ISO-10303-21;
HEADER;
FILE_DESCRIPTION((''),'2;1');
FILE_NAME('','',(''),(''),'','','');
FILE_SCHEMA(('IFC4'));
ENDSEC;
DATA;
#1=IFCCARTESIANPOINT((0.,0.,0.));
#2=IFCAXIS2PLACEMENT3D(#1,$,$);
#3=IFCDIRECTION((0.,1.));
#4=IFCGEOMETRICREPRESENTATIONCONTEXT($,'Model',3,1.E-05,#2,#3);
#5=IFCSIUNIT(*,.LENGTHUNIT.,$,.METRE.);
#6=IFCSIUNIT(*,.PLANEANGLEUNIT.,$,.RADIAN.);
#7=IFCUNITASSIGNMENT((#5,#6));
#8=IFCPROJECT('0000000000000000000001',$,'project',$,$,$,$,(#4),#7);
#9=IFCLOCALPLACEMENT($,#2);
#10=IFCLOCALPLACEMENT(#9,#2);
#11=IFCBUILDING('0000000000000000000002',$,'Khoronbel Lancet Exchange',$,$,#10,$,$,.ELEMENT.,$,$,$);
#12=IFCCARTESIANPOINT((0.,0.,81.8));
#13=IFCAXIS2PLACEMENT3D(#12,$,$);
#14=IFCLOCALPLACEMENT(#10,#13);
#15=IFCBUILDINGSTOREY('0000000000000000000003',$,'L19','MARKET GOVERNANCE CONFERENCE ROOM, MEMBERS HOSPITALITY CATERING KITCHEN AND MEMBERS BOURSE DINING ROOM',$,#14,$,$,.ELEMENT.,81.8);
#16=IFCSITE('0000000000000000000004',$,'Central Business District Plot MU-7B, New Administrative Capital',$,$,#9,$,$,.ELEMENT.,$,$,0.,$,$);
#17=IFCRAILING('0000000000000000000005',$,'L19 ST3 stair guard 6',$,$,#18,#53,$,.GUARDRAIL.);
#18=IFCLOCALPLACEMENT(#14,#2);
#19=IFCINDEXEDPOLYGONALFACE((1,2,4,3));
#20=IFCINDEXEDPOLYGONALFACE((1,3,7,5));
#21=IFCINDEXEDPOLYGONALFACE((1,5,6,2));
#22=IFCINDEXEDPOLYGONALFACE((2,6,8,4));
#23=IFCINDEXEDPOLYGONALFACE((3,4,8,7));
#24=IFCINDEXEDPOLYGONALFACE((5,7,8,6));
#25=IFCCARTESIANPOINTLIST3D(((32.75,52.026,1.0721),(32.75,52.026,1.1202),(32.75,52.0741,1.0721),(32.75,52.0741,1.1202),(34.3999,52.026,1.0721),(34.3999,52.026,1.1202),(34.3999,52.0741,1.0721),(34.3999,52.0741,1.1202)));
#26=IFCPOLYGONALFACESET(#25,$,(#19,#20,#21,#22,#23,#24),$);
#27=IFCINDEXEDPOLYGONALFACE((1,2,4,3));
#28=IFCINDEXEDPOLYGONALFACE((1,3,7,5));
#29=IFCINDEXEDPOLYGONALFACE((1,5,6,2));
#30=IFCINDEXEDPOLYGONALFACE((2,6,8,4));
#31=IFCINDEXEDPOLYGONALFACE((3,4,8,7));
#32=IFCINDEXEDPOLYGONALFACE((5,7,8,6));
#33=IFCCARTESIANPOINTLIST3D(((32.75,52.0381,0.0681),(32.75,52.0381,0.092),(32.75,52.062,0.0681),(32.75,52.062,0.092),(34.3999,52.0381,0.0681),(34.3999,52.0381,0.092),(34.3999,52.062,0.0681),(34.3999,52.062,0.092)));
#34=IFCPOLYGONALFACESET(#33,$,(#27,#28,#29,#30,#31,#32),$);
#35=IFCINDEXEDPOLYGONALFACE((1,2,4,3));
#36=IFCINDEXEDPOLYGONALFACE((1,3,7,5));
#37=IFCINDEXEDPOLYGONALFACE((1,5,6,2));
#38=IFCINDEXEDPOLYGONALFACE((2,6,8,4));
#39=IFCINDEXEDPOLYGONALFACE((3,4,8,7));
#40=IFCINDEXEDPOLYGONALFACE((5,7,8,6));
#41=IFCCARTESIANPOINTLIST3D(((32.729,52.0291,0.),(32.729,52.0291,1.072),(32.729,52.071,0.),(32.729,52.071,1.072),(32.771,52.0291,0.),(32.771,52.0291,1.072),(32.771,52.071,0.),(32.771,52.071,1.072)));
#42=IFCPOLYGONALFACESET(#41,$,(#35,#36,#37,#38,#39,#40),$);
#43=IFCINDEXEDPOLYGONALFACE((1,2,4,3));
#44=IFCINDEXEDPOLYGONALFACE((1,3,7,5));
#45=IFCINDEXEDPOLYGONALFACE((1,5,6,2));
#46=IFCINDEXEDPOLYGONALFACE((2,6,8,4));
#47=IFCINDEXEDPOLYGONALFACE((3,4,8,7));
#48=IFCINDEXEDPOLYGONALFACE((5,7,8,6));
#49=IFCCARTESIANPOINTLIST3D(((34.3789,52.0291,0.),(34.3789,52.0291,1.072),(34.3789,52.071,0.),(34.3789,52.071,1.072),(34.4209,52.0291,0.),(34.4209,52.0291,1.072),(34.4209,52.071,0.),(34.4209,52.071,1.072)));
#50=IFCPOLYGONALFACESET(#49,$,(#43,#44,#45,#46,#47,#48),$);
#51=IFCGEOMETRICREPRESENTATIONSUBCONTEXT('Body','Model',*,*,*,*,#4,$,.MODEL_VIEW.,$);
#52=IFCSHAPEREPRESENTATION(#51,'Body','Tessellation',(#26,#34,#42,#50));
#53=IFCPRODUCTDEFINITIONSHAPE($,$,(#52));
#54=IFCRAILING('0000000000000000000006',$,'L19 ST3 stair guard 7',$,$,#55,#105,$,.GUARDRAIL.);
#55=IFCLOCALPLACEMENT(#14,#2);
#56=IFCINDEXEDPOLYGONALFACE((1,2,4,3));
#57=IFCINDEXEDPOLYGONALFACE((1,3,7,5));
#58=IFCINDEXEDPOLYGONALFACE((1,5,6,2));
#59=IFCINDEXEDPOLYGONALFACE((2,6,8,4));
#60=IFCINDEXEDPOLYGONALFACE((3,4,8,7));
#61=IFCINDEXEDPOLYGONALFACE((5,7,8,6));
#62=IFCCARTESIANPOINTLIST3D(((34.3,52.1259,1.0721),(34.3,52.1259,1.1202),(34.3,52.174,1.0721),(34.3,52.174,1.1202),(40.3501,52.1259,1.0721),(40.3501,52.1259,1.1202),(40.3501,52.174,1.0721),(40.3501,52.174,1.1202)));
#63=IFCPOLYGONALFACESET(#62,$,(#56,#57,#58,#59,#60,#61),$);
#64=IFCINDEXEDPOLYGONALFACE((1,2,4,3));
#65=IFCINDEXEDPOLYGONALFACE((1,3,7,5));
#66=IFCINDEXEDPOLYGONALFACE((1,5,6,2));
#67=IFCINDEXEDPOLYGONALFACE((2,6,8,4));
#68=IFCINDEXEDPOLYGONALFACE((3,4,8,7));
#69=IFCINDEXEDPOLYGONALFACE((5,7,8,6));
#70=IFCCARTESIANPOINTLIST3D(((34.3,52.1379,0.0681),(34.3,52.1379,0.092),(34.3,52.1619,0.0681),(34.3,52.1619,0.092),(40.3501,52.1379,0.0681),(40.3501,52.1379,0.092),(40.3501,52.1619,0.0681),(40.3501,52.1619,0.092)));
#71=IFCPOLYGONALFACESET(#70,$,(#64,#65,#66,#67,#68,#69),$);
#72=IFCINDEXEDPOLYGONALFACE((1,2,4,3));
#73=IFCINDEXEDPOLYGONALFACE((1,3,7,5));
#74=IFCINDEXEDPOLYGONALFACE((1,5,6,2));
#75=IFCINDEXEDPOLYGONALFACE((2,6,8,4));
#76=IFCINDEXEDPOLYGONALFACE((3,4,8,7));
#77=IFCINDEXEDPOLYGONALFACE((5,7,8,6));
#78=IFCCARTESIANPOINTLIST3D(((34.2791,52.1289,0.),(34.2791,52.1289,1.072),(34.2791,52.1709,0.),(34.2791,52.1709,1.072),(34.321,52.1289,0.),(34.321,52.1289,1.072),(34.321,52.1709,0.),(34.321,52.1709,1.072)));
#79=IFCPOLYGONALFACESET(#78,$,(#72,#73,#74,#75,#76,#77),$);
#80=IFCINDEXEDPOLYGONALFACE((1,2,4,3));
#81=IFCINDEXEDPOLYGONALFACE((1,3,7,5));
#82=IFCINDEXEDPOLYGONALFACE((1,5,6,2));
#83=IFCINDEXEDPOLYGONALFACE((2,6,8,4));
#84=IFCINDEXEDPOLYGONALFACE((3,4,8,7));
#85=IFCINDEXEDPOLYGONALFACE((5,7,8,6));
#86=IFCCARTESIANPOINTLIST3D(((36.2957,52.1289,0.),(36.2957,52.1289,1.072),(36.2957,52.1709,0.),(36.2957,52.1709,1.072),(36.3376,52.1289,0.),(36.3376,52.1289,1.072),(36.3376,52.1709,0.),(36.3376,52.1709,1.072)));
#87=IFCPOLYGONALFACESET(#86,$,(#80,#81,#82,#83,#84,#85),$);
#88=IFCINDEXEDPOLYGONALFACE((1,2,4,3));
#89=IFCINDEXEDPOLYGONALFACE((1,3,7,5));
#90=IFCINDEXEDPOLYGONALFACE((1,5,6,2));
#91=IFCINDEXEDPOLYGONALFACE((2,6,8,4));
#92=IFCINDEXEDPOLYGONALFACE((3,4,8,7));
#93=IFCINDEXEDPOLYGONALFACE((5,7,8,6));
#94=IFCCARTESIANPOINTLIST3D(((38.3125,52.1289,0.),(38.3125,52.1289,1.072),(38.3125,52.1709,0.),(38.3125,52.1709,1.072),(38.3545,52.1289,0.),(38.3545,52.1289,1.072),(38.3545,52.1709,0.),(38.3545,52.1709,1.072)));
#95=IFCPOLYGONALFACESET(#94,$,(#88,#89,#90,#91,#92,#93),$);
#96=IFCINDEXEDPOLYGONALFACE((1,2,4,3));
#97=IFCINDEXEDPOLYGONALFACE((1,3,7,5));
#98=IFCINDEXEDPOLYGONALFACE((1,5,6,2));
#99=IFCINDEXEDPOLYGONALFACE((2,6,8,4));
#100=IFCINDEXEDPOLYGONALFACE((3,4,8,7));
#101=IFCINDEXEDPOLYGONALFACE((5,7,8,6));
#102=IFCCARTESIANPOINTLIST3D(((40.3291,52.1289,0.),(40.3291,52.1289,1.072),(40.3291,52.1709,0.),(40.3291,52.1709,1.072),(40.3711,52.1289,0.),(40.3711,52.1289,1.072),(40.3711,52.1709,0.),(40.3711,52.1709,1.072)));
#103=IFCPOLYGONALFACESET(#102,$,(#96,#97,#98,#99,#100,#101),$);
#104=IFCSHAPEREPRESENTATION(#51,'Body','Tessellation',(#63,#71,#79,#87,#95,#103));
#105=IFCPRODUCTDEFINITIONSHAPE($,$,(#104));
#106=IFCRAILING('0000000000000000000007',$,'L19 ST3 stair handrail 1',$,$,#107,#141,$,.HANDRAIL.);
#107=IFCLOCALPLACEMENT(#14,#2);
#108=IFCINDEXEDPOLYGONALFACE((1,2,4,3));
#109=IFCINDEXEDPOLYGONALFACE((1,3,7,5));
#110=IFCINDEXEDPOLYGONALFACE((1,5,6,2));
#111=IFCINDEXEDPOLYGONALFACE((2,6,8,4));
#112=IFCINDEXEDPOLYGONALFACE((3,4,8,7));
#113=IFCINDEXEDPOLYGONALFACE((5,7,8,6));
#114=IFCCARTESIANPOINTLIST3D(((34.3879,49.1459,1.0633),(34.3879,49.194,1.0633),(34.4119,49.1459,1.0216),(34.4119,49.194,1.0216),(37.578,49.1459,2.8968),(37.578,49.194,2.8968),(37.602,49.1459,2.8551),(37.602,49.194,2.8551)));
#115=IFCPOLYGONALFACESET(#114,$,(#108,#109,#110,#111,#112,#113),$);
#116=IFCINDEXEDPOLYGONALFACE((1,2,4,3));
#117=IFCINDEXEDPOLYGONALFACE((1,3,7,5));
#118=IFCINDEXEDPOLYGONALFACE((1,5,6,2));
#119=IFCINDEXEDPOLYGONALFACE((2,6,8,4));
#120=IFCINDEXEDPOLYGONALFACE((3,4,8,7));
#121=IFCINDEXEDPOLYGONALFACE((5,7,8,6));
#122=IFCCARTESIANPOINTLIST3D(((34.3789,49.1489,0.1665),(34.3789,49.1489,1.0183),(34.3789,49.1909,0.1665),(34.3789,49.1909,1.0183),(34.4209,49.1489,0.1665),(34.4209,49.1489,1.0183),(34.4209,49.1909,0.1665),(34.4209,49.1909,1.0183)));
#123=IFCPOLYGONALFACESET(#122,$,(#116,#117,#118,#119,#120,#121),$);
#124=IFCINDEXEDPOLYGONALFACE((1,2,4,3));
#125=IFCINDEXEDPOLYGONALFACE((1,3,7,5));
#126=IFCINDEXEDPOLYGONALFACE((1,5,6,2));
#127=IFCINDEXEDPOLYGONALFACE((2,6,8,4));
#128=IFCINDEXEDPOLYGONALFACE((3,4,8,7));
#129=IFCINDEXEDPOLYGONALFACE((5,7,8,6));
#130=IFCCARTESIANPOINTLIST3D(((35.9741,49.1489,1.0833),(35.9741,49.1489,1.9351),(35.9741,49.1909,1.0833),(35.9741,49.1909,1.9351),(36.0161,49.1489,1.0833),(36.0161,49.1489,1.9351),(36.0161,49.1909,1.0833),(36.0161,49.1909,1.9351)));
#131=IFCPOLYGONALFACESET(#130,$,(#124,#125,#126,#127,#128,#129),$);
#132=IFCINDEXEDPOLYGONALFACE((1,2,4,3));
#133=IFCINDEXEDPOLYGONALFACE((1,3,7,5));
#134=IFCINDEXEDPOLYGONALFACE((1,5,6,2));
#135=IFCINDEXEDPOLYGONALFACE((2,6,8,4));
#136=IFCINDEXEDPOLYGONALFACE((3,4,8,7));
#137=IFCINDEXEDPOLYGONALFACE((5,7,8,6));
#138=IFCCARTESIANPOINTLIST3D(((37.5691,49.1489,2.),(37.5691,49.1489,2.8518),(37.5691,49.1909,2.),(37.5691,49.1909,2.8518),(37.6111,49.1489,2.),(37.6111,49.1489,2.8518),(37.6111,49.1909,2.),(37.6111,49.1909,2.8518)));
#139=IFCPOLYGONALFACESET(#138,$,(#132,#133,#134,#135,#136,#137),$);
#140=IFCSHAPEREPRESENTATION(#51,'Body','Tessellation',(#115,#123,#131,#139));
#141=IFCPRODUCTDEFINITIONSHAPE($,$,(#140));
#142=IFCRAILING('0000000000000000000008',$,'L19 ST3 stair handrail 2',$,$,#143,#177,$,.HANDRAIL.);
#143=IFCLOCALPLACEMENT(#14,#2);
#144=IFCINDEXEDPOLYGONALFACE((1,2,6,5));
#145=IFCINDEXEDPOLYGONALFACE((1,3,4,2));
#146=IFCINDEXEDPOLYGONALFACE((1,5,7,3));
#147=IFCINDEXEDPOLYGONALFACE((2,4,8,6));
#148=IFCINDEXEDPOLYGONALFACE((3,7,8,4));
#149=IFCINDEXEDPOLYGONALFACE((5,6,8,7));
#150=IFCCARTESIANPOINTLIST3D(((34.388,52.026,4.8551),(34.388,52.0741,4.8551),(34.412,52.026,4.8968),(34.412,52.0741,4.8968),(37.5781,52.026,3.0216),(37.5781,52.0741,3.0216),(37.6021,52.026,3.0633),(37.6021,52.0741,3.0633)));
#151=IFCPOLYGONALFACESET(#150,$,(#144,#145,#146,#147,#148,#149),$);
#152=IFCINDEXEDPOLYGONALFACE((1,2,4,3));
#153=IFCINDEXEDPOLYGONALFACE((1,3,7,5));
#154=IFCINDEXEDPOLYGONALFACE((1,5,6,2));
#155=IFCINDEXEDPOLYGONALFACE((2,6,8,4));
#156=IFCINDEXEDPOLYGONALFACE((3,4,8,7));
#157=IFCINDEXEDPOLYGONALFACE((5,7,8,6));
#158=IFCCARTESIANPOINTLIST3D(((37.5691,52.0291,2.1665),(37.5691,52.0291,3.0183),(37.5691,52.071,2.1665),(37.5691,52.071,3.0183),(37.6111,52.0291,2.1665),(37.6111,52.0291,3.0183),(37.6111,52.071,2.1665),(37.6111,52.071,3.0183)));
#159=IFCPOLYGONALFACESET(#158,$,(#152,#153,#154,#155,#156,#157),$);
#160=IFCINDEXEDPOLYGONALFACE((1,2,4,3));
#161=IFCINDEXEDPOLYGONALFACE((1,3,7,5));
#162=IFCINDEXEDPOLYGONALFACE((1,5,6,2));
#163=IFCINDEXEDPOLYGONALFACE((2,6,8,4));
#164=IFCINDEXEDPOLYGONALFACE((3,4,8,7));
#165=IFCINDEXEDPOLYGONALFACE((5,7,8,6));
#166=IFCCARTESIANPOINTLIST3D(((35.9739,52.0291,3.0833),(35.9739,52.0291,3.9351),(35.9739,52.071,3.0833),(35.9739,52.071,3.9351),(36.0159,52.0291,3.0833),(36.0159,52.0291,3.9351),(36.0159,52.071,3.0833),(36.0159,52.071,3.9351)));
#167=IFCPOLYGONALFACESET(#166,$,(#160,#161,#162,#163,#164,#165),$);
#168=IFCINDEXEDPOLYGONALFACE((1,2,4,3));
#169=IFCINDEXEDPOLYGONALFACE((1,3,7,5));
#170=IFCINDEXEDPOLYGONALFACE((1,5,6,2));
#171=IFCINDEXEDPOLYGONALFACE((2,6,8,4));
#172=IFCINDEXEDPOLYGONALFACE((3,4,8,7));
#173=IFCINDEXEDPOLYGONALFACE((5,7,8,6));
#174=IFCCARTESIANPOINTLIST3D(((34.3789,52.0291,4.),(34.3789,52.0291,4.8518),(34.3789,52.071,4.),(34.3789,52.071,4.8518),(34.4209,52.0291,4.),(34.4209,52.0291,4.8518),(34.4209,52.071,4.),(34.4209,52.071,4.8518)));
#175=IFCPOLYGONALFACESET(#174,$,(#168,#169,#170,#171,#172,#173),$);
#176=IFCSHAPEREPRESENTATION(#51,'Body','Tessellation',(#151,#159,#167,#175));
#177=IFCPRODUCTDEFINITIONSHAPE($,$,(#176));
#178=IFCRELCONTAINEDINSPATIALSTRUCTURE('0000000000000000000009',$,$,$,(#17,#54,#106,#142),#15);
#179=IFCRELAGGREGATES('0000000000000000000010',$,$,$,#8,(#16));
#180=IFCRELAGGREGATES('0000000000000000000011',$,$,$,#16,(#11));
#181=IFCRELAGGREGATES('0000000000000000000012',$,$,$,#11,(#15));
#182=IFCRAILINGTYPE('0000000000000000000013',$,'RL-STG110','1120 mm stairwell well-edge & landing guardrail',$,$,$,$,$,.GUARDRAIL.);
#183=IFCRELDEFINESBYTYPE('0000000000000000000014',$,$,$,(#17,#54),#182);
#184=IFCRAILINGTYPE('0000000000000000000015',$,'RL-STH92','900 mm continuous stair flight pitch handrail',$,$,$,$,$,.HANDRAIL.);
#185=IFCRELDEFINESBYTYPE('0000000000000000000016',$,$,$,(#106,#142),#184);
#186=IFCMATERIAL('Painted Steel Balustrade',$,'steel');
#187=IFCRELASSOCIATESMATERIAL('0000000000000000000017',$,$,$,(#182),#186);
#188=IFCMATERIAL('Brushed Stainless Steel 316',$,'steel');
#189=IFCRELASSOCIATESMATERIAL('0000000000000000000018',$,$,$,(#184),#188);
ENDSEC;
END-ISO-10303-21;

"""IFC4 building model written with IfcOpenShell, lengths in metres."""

from ifc_helpers import new_model, si_unit, direction, frame, origin, origin_2d, place, context, subcontext, project, spatial, rectangle, extrude, material, type_object, element, save


model = new_model("IFC4")

# Units and contexts
model_context = context("Model", 3, precision=1e-05, world=origin(), true_north=direction((0.0, 1.0)))
body_context = subcontext(model_context, "Body", "Model", "MODEL_VIEW")
ifc_project = project(units=[si_unit("LENGTHUNIT", "METRE"), si_unit("PLANEANGLEUNIT", "RADIAN")], contexts=[model_context])

# Site, building, storey
site_placement = place(None, origin())
site = spatial("IfcSite", under=ifc_project, at=site_placement, Name="Central Business District Plot MU-7B, New Administrative Capital", CompositionType="ELEMENT", RefElevation=0.0)
building_placement = place(site_placement, origin())
building = spatial("IfcBuilding", under=site, at=building_placement, Name="Khoronbel Lancet Exchange", CompositionType="ELEMENT")
storey_placement = place(building_placement, frame((0.0, 0.0, 81.8)))
storey = spatial("IfcBuildingStorey", under=building, at=storey_placement, Name="L19", Description="MARKET GOVERNANCE CONFERENCE ROOM, MEMBERS HOSPITALITY CATERING KITCHEN AND MEMBERS BOURSE DINING ROOM", CompositionType="ELEMENT", Elevation=81.8)

# Railings
ifc_material_1 = material(Name="Painted Steel Balustrade", Category="steel")
railing_type_1 = type_object("IfcRailingType", Name="RL-STG110", Description="1120 mm stairwell well-edge & landing guardrail", PredefinedType="GUARDRAIL", material=ifc_material_1)
railing_1_placement = place(storey_placement, frame((32.75, 52.05, 0.0)))
element("IfcRailing", 1, at=railing_1_placement, inside=storey, type_object=railing_type_1, Name="L19 ST3 stair guard 6", PredefinedType="GUARDRAIL", context=body_context, shape_type="SweptSolid", body=[
    extrude(rectangle(XDim=0.0481, YDim=0.0481, at=origin_2d()), frame((0.0, 0.0, 1.0962), z_axis=(1.0, 0.0, 0.0), x_axis=(0.0, 1.0, 0.0)), (0.0, 0.0, 1.0), 1.6499),
    extrude(rectangle(XDim=0.0239, YDim=0.0239, at=origin_2d()), frame((0.0, 0.0, 0.0801), z_axis=(1.0, 0.0, 0.0), x_axis=(0.0, 1.0, 0.0)), (0.0, 0.0, 1.0), 1.6499),
    extrude(rectangle(XDim=0.042, YDim=0.042, at=origin_2d()), origin(), (0.0, 0.0, 1.0), 1.072),
    extrude(rectangle(XDim=0.042, YDim=0.042, at=origin_2d()), frame((1.6499, 0.0, 0.0)), (0.0, 0.0, 1.0), 1.072),
])
railing_2_placement = place(storey_placement, frame((34.3, 52.1499, 0.0)))
element("IfcRailing", 2, at=railing_2_placement, inside=storey, type_object=railing_type_1, Name="L19 ST3 stair guard 7", PredefinedType="GUARDRAIL", context=body_context, shape_type="SweptSolid", body=[
    extrude(rectangle(XDim=0.0481, YDim=0.0481, at=origin_2d()), frame((0.0, 0.0, 1.0962), z_axis=(1.0, 0.0, 0.0), x_axis=(0.0, 1.0, 0.0)), (0.0, 0.0, 1.0), 6.05),
    extrude(rectangle(XDim=0.0239, YDim=0.0239, at=origin_2d()), frame((0.0, 0.0, 0.0801), z_axis=(1.0, 0.0, 0.0), x_axis=(0.0, 1.0, 0.0)), (0.0, 0.0, 1.0), 6.05),
    extrude(rectangle(XDim=0.042, YDim=0.042, at=origin_2d()), origin(), (0.0, 0.0, 1.0), 1.072),
    extrude(rectangle(XDim=0.042, YDim=0.042, at=origin_2d()), frame((2.0166, 0.0, 0.0)), (0.0, 0.0, 1.0), 1.072),
    extrude(rectangle(XDim=0.042, YDim=0.042, at=origin_2d()), frame((4.0334, 0.0, 0.0)), (0.0, 0.0, 1.0), 1.072),
    extrude(rectangle(XDim=0.042, YDim=0.042, at=origin_2d()), frame((6.05, 0.0, 0.0)), (0.0, 0.0, 1.0), 1.072),
])
ifc_material_2 = material(Name="Brushed Stainless Steel 316", Category="steel")
railing_type_2 = type_object("IfcRailingType", Name="RL-STH92", Description="900 mm continuous stair flight pitch handrail", PredefinedType="HANDRAIL", material=ifc_material_2)
railing_3_placement = place(storey_placement, frame((34.3999, 49.1699, 0.1665)))
element("IfcRailing", 3, at=railing_3_placement, inside=storey, type_object=railing_type_2, Name="L19 ST3 stair handrail 1", PredefinedType="HANDRAIL", context=body_context, shape_type="SweptSolid", body=[
    extrude(rectangle(XDim=0.0481, YDim=0.0481, at=origin_2d()), frame((0.0, 0.0, 0.876), z_axis=(0.867007, 0.0, 0.498295), x_axis=(0.0, 1.0, 0.0)), (0.0, 0.0, 1.0), 3.6794),
    extrude(rectangle(XDim=0.042, YDim=0.042, at=origin_2d()), origin(), (0.0, 0.0, 1.0), 0.8518),
    extrude(rectangle(XDim=0.042, YDim=0.042, at=origin_2d()), frame((1.5952, 0.0, 0.9167)), (0.0, 0.0, 1.0), 0.8518),
    extrude(rectangle(XDim=0.042, YDim=0.042, at=origin_2d()), frame((3.1902, 0.0, 1.8335)), (0.0, 0.0, 1.0), 0.8518),
])
railing_4_placement = place(storey_placement, frame((37.5901, 52.05, 2.1665)))
element("IfcRailing", 4, at=railing_4_placement, inside=storey, type_object=railing_type_2, Name="L19 ST3 stair handrail 2", PredefinedType="HANDRAIL", context=body_context, shape_type="SweptSolid", body=[
    extrude(rectangle(XDim=0.0481, YDim=0.0481, at=origin_2d()), frame((0.0, 0.0, 0.876), z_axis=(-0.867007, 0.0, 0.498295), x_axis=(0.0, -1.0, 0.0)), (0.0, 0.0, 1.0), 3.6794),
    extrude(rectangle(XDim=0.042, YDim=0.042, at=origin_2d()), origin(), (0.0, 0.0, 1.0), 0.8518),
    extrude(rectangle(XDim=0.042, YDim=0.042, at=origin_2d()), frame((-1.5952, 0.0, 0.9167)), (0.0, 0.0, 1.0), 0.8518),
    extrude(rectangle(XDim=0.042, YDim=0.042, at=origin_2d()), frame((-3.1902, 0.0, 1.8335)), (0.0, 0.0, 1.0), 0.8518),
])

save(model, "model.ifc")
